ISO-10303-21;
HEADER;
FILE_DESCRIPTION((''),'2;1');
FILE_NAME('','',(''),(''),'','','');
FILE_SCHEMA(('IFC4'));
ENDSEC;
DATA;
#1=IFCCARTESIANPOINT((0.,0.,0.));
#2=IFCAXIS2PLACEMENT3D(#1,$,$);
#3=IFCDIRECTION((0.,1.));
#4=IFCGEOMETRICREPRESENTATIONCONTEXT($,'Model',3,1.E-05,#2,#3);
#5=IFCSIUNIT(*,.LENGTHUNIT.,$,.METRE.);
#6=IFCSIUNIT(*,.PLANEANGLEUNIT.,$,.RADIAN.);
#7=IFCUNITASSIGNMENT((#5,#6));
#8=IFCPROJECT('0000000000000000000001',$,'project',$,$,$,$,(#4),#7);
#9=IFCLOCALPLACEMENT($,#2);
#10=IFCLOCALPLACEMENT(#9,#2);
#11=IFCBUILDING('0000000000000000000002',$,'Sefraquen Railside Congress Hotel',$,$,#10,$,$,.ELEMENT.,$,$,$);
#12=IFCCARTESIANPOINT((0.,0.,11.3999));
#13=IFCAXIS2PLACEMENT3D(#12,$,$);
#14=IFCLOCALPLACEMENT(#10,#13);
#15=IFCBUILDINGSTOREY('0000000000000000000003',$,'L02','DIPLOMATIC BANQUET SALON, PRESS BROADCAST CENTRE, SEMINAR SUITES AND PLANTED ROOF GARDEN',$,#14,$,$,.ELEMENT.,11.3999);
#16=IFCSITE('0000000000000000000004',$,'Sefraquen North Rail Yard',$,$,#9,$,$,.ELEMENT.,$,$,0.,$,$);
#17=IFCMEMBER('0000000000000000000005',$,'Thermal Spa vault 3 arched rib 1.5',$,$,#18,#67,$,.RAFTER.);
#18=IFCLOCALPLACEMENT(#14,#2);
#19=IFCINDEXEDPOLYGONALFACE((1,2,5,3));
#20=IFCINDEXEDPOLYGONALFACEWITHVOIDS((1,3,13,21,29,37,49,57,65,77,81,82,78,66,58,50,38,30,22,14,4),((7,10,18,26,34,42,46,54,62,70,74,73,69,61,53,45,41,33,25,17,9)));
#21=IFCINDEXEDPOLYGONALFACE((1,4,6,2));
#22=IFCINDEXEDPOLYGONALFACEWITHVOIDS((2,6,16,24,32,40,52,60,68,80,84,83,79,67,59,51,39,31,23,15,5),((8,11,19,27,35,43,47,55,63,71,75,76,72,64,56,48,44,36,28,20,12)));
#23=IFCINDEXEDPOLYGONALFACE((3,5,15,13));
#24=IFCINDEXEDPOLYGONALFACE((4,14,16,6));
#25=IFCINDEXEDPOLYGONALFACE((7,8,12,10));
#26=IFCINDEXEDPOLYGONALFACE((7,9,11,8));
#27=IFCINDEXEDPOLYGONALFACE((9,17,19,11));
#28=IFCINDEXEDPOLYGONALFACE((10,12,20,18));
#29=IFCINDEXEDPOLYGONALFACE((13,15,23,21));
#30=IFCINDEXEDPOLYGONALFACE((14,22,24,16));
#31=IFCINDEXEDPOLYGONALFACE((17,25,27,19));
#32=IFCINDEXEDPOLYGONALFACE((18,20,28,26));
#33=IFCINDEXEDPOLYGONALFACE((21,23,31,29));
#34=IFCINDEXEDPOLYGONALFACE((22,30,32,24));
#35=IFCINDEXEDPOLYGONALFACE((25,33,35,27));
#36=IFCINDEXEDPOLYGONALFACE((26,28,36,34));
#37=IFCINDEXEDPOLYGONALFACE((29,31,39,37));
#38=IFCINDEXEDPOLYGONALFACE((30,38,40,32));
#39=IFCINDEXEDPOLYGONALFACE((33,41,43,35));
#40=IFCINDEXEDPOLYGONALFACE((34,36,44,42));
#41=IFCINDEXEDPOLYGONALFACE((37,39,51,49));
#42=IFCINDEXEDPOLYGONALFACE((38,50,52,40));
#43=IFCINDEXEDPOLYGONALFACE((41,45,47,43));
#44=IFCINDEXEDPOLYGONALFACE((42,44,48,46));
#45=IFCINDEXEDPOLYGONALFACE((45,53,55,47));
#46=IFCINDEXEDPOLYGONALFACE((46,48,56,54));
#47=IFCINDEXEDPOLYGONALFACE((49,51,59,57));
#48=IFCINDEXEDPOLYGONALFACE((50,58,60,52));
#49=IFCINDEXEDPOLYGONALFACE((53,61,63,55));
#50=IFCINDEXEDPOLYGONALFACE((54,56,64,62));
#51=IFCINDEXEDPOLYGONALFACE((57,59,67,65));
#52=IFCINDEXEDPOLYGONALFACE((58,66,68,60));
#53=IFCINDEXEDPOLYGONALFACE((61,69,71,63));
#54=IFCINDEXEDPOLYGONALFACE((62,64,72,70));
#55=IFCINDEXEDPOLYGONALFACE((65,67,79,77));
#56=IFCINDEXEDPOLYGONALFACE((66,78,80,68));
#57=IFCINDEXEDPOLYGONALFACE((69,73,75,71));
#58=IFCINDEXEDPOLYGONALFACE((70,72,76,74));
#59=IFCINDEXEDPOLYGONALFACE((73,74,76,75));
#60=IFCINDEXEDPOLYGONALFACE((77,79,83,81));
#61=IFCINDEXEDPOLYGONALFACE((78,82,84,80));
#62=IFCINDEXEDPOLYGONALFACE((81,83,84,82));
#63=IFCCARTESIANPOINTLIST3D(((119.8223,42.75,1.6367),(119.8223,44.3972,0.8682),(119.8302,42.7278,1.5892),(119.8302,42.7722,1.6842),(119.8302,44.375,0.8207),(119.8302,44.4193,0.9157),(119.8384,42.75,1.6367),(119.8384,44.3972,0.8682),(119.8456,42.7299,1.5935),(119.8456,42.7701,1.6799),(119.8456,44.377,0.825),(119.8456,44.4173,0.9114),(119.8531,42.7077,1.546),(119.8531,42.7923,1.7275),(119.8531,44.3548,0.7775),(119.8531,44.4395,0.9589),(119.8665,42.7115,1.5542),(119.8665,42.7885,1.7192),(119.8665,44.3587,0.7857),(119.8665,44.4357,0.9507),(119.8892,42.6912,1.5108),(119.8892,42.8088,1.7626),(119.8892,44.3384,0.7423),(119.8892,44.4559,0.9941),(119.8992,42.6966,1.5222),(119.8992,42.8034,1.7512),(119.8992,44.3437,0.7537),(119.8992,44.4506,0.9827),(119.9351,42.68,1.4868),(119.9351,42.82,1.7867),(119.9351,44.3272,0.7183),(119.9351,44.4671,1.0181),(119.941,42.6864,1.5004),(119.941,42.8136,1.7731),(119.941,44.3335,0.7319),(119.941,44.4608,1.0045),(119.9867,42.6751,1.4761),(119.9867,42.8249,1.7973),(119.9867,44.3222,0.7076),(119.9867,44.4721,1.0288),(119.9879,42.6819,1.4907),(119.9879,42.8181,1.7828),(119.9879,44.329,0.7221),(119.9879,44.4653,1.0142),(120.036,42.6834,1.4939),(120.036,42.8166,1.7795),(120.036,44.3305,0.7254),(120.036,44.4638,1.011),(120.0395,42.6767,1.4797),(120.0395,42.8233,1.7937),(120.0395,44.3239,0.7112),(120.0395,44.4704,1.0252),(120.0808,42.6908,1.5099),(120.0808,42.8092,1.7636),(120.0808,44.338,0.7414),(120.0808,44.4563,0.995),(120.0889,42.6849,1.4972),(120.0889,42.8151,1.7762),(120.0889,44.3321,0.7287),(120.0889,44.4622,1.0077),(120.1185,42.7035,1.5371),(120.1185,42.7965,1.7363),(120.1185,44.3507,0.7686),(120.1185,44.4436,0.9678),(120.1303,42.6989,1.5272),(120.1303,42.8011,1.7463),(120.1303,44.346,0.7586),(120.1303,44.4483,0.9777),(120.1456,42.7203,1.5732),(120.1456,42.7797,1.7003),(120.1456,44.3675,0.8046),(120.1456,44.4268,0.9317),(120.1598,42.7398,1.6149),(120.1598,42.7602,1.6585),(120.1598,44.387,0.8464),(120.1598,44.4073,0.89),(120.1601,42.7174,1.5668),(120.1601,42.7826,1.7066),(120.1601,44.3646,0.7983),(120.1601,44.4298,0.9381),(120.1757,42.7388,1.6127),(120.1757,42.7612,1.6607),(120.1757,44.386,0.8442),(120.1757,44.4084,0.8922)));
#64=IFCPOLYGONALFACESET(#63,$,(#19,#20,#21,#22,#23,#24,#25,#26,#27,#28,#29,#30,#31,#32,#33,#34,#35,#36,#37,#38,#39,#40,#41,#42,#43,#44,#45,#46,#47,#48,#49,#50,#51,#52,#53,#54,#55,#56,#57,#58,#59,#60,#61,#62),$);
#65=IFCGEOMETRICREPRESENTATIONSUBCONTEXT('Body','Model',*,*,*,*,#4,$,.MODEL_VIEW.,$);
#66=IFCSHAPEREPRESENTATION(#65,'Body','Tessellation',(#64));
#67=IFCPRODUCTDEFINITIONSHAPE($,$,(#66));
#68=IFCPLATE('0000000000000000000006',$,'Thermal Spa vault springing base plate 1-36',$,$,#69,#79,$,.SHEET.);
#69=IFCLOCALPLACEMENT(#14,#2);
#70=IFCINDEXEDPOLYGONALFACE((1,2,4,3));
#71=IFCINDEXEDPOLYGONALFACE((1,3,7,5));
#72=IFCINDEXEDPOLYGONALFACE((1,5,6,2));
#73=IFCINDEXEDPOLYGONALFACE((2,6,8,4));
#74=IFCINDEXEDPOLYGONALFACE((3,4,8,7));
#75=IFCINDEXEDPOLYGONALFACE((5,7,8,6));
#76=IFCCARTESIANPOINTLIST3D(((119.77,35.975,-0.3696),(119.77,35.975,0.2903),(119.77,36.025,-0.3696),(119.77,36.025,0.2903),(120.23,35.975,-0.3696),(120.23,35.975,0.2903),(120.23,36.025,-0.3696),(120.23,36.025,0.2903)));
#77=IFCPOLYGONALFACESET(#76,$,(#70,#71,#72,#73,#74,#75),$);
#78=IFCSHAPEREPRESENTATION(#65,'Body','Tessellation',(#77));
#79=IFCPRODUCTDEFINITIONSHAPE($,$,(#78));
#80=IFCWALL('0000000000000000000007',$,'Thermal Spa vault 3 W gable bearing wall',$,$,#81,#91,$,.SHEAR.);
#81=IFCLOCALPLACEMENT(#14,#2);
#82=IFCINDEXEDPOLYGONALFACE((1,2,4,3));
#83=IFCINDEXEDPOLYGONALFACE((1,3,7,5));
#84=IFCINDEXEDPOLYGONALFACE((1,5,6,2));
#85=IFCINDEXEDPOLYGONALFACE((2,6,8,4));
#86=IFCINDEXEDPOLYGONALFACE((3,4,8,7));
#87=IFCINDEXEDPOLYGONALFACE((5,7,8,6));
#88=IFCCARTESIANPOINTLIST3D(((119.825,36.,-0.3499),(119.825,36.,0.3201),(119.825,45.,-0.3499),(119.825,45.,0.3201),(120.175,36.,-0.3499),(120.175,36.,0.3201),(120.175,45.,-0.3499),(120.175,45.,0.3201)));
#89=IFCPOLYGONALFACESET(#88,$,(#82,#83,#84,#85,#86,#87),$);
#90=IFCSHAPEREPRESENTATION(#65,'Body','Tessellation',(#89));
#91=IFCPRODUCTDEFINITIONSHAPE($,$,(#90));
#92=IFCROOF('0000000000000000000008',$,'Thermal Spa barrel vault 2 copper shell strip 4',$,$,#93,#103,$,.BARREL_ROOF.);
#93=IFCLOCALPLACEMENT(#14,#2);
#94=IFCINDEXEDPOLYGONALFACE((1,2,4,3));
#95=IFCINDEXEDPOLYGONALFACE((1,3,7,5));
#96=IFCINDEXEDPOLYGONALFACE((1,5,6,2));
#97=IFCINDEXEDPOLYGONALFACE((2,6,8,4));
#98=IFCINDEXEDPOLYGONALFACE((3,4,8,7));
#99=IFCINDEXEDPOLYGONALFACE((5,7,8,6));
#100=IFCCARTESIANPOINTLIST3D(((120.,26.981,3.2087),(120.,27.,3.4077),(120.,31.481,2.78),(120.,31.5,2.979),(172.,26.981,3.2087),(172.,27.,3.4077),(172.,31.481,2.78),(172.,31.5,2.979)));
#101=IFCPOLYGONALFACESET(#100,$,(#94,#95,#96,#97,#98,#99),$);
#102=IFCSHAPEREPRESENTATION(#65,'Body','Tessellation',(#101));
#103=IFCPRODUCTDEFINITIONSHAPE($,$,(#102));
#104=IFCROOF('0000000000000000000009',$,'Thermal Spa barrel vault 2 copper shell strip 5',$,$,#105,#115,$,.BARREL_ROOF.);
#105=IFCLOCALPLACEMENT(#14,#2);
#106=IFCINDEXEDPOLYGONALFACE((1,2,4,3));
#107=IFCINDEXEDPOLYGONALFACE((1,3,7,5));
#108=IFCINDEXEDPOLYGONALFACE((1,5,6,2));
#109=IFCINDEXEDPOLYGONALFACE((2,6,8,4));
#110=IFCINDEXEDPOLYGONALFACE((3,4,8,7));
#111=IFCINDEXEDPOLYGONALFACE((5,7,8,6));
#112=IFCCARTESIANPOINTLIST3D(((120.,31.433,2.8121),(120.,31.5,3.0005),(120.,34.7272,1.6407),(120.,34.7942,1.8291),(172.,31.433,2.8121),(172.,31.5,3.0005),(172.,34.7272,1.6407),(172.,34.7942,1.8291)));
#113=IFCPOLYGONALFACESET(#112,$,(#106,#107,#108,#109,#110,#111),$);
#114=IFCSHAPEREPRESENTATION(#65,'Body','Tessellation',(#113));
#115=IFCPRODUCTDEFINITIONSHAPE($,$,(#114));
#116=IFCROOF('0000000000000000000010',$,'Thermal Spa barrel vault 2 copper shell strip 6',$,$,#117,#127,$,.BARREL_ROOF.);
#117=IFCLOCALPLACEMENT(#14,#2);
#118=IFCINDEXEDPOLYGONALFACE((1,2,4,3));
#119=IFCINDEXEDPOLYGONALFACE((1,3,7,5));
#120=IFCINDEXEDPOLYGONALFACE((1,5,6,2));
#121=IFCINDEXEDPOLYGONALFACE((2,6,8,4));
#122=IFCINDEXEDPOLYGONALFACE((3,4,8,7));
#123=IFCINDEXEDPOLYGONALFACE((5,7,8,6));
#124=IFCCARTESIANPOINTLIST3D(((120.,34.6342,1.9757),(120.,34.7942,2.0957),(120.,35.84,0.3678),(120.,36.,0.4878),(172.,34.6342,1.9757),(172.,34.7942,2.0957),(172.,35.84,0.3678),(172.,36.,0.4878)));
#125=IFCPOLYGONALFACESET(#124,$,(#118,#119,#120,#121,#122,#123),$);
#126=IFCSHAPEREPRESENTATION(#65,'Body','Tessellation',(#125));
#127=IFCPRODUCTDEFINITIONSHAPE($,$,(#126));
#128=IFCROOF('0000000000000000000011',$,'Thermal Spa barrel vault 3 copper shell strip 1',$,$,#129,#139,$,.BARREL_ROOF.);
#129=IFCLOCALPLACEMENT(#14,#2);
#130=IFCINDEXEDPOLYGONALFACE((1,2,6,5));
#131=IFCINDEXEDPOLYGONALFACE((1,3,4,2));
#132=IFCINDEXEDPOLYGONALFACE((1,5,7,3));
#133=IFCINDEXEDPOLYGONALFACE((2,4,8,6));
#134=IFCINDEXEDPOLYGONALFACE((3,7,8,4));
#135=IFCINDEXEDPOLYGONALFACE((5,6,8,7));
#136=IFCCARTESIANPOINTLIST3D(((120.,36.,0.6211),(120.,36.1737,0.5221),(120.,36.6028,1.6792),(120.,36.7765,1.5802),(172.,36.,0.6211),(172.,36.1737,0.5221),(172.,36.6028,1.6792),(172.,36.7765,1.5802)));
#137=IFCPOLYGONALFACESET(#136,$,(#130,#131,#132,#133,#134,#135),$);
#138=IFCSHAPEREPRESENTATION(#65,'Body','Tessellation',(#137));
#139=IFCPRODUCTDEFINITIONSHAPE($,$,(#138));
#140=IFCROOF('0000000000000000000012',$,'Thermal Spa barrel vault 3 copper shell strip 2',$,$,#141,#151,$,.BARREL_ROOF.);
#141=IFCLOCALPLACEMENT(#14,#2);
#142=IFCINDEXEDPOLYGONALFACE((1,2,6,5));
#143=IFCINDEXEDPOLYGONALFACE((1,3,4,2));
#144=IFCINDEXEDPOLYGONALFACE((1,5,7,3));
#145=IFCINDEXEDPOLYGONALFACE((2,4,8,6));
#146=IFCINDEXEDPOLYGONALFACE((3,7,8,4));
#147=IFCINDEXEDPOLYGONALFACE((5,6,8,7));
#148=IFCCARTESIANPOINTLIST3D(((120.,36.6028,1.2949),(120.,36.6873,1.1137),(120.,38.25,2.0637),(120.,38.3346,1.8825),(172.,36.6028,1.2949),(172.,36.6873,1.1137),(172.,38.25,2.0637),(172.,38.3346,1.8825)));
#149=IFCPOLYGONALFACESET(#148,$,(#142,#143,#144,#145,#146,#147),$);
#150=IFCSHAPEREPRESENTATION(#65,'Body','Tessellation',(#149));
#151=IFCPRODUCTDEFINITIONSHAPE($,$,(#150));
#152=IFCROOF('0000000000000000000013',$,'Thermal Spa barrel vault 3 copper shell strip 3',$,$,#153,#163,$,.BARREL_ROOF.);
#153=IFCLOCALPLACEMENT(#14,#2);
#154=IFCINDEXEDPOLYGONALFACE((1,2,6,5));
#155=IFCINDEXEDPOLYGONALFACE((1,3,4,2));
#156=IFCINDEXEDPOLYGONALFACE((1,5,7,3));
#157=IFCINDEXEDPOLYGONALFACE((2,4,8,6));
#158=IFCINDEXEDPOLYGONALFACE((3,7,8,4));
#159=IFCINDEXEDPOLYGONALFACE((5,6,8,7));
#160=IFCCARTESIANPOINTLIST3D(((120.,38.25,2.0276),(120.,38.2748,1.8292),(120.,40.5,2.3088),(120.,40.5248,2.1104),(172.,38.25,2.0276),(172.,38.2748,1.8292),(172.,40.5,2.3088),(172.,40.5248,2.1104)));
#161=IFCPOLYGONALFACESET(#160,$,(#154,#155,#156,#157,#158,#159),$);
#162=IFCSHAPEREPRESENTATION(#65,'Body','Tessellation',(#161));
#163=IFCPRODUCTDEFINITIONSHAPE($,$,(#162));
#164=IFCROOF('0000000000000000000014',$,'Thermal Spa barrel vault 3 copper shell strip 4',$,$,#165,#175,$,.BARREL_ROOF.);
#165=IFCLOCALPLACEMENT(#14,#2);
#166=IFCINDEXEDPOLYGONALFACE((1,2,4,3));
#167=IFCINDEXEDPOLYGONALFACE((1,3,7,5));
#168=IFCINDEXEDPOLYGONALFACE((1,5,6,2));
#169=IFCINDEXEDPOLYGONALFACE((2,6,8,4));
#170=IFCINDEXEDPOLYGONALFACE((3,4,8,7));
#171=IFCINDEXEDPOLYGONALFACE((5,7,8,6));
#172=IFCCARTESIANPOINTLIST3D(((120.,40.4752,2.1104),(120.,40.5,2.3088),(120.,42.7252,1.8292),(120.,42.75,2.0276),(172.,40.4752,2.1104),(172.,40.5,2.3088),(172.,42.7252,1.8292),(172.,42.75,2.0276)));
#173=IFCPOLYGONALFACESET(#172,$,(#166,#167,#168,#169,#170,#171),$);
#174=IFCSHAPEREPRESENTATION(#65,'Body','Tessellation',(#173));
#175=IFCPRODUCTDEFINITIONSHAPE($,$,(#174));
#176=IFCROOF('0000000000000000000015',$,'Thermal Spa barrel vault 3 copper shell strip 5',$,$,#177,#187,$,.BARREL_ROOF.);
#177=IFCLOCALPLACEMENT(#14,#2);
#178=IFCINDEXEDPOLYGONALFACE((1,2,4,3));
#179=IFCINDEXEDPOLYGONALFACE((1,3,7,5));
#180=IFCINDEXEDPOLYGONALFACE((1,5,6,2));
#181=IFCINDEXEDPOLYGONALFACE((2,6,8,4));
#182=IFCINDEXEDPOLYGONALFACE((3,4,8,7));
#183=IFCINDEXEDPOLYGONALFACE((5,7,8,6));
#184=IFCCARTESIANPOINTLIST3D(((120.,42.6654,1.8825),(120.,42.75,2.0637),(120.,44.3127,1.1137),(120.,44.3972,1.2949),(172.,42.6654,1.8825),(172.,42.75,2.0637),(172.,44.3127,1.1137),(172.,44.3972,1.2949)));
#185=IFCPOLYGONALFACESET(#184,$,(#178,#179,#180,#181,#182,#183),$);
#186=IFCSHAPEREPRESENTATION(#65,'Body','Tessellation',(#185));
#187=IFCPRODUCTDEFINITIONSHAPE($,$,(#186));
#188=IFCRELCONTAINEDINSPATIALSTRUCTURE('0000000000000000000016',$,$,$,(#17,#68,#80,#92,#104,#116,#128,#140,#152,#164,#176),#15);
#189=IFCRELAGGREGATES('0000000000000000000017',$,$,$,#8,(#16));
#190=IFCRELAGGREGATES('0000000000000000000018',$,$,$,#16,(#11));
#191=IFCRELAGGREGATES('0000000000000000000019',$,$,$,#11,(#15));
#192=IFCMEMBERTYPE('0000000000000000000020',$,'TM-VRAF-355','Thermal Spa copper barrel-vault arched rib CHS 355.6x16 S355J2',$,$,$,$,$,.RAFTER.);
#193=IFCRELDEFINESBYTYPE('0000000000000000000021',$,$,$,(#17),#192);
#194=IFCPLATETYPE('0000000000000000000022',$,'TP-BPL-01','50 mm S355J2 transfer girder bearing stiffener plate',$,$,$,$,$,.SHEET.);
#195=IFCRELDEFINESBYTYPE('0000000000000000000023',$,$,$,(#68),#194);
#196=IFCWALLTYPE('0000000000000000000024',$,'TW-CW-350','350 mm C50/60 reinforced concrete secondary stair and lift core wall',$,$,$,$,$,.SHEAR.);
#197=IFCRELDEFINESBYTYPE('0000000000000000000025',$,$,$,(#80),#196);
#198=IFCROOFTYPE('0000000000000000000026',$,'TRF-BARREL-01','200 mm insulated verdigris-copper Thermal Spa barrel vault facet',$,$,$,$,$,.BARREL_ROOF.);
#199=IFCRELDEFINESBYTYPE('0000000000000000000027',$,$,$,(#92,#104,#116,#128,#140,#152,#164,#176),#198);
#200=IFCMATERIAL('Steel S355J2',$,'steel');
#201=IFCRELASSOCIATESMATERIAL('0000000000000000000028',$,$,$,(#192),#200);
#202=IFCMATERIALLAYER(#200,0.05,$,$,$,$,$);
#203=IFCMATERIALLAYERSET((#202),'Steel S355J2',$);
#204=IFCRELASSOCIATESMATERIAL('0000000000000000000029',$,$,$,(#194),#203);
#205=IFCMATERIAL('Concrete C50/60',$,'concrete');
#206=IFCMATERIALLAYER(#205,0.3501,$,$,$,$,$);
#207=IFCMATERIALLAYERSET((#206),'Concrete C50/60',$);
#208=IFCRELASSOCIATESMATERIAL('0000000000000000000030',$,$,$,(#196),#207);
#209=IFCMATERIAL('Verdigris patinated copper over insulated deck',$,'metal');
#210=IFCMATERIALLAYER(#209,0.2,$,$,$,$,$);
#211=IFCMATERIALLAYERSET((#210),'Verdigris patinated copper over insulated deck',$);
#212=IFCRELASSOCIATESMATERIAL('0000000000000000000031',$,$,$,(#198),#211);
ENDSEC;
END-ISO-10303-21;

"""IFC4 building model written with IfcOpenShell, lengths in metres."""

from ifc_helpers import new_model, si_unit, direction, frame, frame_2d, origin, origin_2d, place, context, subcontext, project, spatial, polyline, rectangle, hollow_circle, outline, extrude, material, layer, layer_set, material_profile, profile_set, type_object, element, save


model = new_model("IFC4")

# Units and contexts
model_context = context("Model", 3, precision=1e-05, world=origin(), true_north=direction((0.0, 1.0)))
body_context = subcontext(model_context, "Body", "Model", "MODEL_VIEW")
ifc_project = project(units=[si_unit("LENGTHUNIT", "METRE"), si_unit("PLANEANGLEUNIT", "RADIAN")], contexts=[model_context])

# Site, building, storey
site_placement = place(None, origin())
site = spatial("IfcSite", under=ifc_project, at=site_placement, Name="Sefraquen North Rail Yard", CompositionType="ELEMENT", RefElevation=0.0)
building_placement = place(site_placement, origin())
building = spatial("IfcBuilding", under=site, at=building_placement, Name="Sefraquen Railside Congress Hotel", CompositionType="ELEMENT")
storey_placement = place(building_placement, frame((0.0, 0.0, 11.3999)))
storey = spatial("IfcBuildingStorey", under=building, at=storey_placement, Name="L02", Description="DIPLOMATIC BANQUET SALON, PRESS BROADCAST CENTRE, SEMINAR SUITES AND PLANTED ROOF GARDEN", CompositionType="ELEMENT", Elevation=11.3999)

# Member
ifc_material_1 = material(Name="Steel S355J2", Category="steel")
ifc_material_profile_1 = material_profile(ifc_material_1, hollow_circle(Radius=0.1777, WallThickness=0.0161, at=origin_2d()), Name="CHS 355.6x16")
ifc_profile_set_1 = profile_set([ifc_material_profile_1], Name="Steel S355J2")
member_type = type_object("IfcMemberType", Name="TM-VRAF-355", Description="Thermal Spa copper barrel-vault arched rib CHS 355.6x16 S355J2", PredefinedType="RAFTER", material=ifc_profile_set_1)
member_1_placement = place(storey_placement, frame((120.0, 42.75, 1.6367), z_axis=(0.0, 0.906214, -0.422819), x_axis=(-1.0, 0.0, 0.0)))
element("IfcMember", 1, at=member_1_placement, inside=storey, type_object=member_type, Name="Thermal Spa vault 3 arched rib 1.5", PredefinedType="RAFTER", context=body_context, shape_type="SweptSolid", body=[
    extrude(hollow_circle(Radius=0.1777, WallThickness=0.0161, at=origin_2d()), origin(), (0.0, 0.0, 1.0), 1.8176),
])

# Plate
ifc_layer_1 = layer(ifc_material_1, 0.05)
ifc_layer_set_1 = layer_set([ifc_layer_1], Name="Steel S355J2")
plate_type = type_object("IfcPlateType", Name="TP-BPL-01", Description="50 mm S355J2 transfer girder bearing stiffener plate", PredefinedType="SHEET", material=ifc_layer_set_1)
plate_placement = place(storey_placement, frame((120.0, 36.0, -0.3696), z_axis=(0.0, 0.0, 1.0), x_axis=(1.0, 0.0, 0.0)))
element("IfcPlate", 2, at=plate_placement, inside=storey, type_object=plate_type, Name="Thermal Spa vault springing base plate 1-36", PredefinedType="SHEET", context=body_context, shape_type="SweptSolid", body=[
    extrude(rectangle(XDim=0.46, YDim=0.05, at=origin_2d()), origin(), (0.0, 0.0, 1.0), 0.6599),
])

# Wall
ifc_material_2 = material(Name="Concrete C50/60", Category="concrete")
ifc_layer_2 = layer(ifc_material_2, 0.3501)
ifc_layer_set_2 = layer_set([ifc_layer_2], Name="Concrete C50/60")
wall_type = type_object("IfcWallType", Name="TW-CW-350", Description="350 mm C50/60 reinforced concrete secondary stair and lift core wall", PredefinedType="SHEAR", material=ifc_layer_set_2)
wall_placement = place(storey_placement, frame((120.0, 36.0, -0.3499), z_axis=(0.0, 0.0, 1.0), x_axis=(0.0, 1.0, 0.0)))
element("IfcWall", 3, at=wall_placement, inside=storey, type_object=wall_type, Name="Thermal Spa vault 3 W gable bearing wall", PredefinedType="SHEAR", context=body_context, shape_type="SweptSolid", body=[
    extrude(rectangle(XDim=9.0, YDim=0.3501, at=frame_2d((4.5, 0.0))), origin(), (0.0, 0.0, 1.0), 0.6699),
])

# Roofs
ifc_material_3 = material(Name="Verdigris patinated copper over insulated deck", Category="metal")
ifc_layer_3 = layer(ifc_material_3, 0.2)
ifc_layer_set_3 = layer_set([ifc_layer_3], Name="Verdigris patinated copper over insulated deck")
roof_type = type_object("IfcRoofType", Name="TRF-BARREL-01", Description="200 mm insulated verdigris-copper Thermal Spa barrel vault facet", PredefinedType="BARREL_ROOF", material=ifc_layer_set_3)
roof_1_placement = place(storey_placement, frame((120.0, 27.0, 3.4077), z_axis=(0.0, 0.09484, 0.995493), x_axis=(1.0, 0.0, 0.0)))
element("IfcRoof", 4, at=roof_1_placement, inside=storey, type_object=roof_type, Name="Thermal Spa barrel vault 2 copper shell strip 4", PredefinedType="BARREL_ROOF", context=body_context, shape_type="SweptSolid", body=[
    extrude(outline(polyline([(0.0, 0.0), (52.0, 0.0), (52.0, 4.5204), (0.0, 4.5204), (0.0, 0.0)])), origin(), (0.0, 0.0, -1.0), 0.2),
])
roof_2_placement = place(storey_placement, frame((120.0, 31.5, 3.0005), z_axis=(0.0, 0.33504, 0.942204), x_axis=(1.0, 0.0, 0.0)))
element("IfcRoof", 5, at=roof_2_placement, inside=storey, type_object=roof_type, Name="Thermal Spa barrel vault 2 copper shell strip 5", PredefinedType="BARREL_ROOF", context=body_context, shape_type="SweptSolid", body=[
    extrude(outline(polyline([(0.0, 0.0), (52.0, 0.0), (52.0, 3.4963), (0.0, 3.4963), (0.0, 0.0)])), origin(), (0.0, 0.0, -1.0), 0.2),
])
roof_3_placement = place(storey_placement, frame((120.0, 34.7942, 2.0957), z_axis=(0.0, 0.800029, 0.599961), x_axis=(1.0, 0.0, 0.0)))
element("IfcRoof", 6, at=roof_3_placement, inside=storey, type_object=roof_type, Name="Thermal Spa barrel vault 2 copper shell strip 6", PredefinedType="BARREL_ROOF", context=body_context, shape_type="SweptSolid", body=[
    extrude(outline(polyline([(0.0, 0.0), (52.0, 0.0), (52.0, 2.0098), (0.0, 2.0098), (0.0, 0.0)])), origin(), (0.0, 0.0, -1.0), 0.2),
])
roof_4_placement = place(storey_placement, frame((120.0, 36.0, 0.6211), z_axis=(0.0, -0.868896, 0.494994), x_axis=(1.0, 0.0, 0.0)))
element("IfcRoof", 7, at=roof_4_placement, inside=storey, type_object=roof_type, Name="Thermal Spa barrel vault 3 copper shell strip 1", PredefinedType="BARREL_ROOF", context=body_context, shape_type="SweptSolid", body=[
    extrude(outline(polyline([(0.0, 0.0), (52.0, 0.0), (52.0, 1.2178), (0.0, 1.2178), (0.0, 0.0)])), origin(), (0.0, 0.0, -1.0), 0.2),
])
roof_5_placement = place(storey_placement, frame((120.0, 36.6028, 1.2949), z_axis=(0.0, -0.42293, 0.906163), x_axis=(1.0, 0.0, 0.0)))
element("IfcRoof", 8, at=roof_5_placement, inside=storey, type_object=roof_type, Name="Thermal Spa barrel vault 3 copper shell strip 2", PredefinedType="BARREL_ROOF", context=body_context, shape_type="SweptSolid", body=[
    extrude(outline(polyline([(0.0, 0.0), (52.0, 0.0), (52.0, 1.8178), (0.0, 1.8178), (0.0, 0.0)])), origin(), (0.0, 0.0, -1.0), 0.2),
])
for number, where, z_axis, x_axis, name in (
    (9, (120.0, 38.25, 2.0276), (0.0, -0.124035, 0.992278), (1.0, 0.0, 0.0), "Thermal Spa barrel vault 3 copper shell strip 3"),
    (10, (120.0, 40.5, 2.3088), (0.0, 0.124035, 0.992278), (1.0, 0.0, 0.0), "Thermal Spa barrel vault 3 copper shell strip 4"),
):
    element("IfcRoof", number, at=place(storey_placement, frame(where, z_axis=z_axis, x_axis=x_axis)), inside=storey, type_object=roof_type, Name=name, PredefinedType="BARREL_ROOF", context=body_context, shape_type="SweptSolid", body=[
        extrude(outline(polyline([(0.0, 0.0), (52.0, 0.0), (52.0, 2.2675), (0.0, 2.2675), (0.0, 0.0)])), origin(), (0.0, 0.0, -1.0), 0.2),
    ])
roof_6_placement = place(storey_placement, frame((120.0, 42.75, 2.0637), z_axis=(0.0, 0.42293, 0.906163), x_axis=(1.0, 0.0, 0.0)))
element("IfcRoof", 11, at=roof_6_placement, inside=storey, type_object=roof_type, Name="Thermal Spa barrel vault 3 copper shell strip 5", PredefinedType="BARREL_ROOF", context=body_context, shape_type="SweptSolid", body=[
    extrude(outline(polyline([(0.0, 0.0), (52.0, 0.0), (52.0, 1.8178), (0.0, 1.8178), (0.0, 0.0)])), origin(), (0.0, 0.0, -1.0), 0.2),
])

save(model, "model.ifc")
